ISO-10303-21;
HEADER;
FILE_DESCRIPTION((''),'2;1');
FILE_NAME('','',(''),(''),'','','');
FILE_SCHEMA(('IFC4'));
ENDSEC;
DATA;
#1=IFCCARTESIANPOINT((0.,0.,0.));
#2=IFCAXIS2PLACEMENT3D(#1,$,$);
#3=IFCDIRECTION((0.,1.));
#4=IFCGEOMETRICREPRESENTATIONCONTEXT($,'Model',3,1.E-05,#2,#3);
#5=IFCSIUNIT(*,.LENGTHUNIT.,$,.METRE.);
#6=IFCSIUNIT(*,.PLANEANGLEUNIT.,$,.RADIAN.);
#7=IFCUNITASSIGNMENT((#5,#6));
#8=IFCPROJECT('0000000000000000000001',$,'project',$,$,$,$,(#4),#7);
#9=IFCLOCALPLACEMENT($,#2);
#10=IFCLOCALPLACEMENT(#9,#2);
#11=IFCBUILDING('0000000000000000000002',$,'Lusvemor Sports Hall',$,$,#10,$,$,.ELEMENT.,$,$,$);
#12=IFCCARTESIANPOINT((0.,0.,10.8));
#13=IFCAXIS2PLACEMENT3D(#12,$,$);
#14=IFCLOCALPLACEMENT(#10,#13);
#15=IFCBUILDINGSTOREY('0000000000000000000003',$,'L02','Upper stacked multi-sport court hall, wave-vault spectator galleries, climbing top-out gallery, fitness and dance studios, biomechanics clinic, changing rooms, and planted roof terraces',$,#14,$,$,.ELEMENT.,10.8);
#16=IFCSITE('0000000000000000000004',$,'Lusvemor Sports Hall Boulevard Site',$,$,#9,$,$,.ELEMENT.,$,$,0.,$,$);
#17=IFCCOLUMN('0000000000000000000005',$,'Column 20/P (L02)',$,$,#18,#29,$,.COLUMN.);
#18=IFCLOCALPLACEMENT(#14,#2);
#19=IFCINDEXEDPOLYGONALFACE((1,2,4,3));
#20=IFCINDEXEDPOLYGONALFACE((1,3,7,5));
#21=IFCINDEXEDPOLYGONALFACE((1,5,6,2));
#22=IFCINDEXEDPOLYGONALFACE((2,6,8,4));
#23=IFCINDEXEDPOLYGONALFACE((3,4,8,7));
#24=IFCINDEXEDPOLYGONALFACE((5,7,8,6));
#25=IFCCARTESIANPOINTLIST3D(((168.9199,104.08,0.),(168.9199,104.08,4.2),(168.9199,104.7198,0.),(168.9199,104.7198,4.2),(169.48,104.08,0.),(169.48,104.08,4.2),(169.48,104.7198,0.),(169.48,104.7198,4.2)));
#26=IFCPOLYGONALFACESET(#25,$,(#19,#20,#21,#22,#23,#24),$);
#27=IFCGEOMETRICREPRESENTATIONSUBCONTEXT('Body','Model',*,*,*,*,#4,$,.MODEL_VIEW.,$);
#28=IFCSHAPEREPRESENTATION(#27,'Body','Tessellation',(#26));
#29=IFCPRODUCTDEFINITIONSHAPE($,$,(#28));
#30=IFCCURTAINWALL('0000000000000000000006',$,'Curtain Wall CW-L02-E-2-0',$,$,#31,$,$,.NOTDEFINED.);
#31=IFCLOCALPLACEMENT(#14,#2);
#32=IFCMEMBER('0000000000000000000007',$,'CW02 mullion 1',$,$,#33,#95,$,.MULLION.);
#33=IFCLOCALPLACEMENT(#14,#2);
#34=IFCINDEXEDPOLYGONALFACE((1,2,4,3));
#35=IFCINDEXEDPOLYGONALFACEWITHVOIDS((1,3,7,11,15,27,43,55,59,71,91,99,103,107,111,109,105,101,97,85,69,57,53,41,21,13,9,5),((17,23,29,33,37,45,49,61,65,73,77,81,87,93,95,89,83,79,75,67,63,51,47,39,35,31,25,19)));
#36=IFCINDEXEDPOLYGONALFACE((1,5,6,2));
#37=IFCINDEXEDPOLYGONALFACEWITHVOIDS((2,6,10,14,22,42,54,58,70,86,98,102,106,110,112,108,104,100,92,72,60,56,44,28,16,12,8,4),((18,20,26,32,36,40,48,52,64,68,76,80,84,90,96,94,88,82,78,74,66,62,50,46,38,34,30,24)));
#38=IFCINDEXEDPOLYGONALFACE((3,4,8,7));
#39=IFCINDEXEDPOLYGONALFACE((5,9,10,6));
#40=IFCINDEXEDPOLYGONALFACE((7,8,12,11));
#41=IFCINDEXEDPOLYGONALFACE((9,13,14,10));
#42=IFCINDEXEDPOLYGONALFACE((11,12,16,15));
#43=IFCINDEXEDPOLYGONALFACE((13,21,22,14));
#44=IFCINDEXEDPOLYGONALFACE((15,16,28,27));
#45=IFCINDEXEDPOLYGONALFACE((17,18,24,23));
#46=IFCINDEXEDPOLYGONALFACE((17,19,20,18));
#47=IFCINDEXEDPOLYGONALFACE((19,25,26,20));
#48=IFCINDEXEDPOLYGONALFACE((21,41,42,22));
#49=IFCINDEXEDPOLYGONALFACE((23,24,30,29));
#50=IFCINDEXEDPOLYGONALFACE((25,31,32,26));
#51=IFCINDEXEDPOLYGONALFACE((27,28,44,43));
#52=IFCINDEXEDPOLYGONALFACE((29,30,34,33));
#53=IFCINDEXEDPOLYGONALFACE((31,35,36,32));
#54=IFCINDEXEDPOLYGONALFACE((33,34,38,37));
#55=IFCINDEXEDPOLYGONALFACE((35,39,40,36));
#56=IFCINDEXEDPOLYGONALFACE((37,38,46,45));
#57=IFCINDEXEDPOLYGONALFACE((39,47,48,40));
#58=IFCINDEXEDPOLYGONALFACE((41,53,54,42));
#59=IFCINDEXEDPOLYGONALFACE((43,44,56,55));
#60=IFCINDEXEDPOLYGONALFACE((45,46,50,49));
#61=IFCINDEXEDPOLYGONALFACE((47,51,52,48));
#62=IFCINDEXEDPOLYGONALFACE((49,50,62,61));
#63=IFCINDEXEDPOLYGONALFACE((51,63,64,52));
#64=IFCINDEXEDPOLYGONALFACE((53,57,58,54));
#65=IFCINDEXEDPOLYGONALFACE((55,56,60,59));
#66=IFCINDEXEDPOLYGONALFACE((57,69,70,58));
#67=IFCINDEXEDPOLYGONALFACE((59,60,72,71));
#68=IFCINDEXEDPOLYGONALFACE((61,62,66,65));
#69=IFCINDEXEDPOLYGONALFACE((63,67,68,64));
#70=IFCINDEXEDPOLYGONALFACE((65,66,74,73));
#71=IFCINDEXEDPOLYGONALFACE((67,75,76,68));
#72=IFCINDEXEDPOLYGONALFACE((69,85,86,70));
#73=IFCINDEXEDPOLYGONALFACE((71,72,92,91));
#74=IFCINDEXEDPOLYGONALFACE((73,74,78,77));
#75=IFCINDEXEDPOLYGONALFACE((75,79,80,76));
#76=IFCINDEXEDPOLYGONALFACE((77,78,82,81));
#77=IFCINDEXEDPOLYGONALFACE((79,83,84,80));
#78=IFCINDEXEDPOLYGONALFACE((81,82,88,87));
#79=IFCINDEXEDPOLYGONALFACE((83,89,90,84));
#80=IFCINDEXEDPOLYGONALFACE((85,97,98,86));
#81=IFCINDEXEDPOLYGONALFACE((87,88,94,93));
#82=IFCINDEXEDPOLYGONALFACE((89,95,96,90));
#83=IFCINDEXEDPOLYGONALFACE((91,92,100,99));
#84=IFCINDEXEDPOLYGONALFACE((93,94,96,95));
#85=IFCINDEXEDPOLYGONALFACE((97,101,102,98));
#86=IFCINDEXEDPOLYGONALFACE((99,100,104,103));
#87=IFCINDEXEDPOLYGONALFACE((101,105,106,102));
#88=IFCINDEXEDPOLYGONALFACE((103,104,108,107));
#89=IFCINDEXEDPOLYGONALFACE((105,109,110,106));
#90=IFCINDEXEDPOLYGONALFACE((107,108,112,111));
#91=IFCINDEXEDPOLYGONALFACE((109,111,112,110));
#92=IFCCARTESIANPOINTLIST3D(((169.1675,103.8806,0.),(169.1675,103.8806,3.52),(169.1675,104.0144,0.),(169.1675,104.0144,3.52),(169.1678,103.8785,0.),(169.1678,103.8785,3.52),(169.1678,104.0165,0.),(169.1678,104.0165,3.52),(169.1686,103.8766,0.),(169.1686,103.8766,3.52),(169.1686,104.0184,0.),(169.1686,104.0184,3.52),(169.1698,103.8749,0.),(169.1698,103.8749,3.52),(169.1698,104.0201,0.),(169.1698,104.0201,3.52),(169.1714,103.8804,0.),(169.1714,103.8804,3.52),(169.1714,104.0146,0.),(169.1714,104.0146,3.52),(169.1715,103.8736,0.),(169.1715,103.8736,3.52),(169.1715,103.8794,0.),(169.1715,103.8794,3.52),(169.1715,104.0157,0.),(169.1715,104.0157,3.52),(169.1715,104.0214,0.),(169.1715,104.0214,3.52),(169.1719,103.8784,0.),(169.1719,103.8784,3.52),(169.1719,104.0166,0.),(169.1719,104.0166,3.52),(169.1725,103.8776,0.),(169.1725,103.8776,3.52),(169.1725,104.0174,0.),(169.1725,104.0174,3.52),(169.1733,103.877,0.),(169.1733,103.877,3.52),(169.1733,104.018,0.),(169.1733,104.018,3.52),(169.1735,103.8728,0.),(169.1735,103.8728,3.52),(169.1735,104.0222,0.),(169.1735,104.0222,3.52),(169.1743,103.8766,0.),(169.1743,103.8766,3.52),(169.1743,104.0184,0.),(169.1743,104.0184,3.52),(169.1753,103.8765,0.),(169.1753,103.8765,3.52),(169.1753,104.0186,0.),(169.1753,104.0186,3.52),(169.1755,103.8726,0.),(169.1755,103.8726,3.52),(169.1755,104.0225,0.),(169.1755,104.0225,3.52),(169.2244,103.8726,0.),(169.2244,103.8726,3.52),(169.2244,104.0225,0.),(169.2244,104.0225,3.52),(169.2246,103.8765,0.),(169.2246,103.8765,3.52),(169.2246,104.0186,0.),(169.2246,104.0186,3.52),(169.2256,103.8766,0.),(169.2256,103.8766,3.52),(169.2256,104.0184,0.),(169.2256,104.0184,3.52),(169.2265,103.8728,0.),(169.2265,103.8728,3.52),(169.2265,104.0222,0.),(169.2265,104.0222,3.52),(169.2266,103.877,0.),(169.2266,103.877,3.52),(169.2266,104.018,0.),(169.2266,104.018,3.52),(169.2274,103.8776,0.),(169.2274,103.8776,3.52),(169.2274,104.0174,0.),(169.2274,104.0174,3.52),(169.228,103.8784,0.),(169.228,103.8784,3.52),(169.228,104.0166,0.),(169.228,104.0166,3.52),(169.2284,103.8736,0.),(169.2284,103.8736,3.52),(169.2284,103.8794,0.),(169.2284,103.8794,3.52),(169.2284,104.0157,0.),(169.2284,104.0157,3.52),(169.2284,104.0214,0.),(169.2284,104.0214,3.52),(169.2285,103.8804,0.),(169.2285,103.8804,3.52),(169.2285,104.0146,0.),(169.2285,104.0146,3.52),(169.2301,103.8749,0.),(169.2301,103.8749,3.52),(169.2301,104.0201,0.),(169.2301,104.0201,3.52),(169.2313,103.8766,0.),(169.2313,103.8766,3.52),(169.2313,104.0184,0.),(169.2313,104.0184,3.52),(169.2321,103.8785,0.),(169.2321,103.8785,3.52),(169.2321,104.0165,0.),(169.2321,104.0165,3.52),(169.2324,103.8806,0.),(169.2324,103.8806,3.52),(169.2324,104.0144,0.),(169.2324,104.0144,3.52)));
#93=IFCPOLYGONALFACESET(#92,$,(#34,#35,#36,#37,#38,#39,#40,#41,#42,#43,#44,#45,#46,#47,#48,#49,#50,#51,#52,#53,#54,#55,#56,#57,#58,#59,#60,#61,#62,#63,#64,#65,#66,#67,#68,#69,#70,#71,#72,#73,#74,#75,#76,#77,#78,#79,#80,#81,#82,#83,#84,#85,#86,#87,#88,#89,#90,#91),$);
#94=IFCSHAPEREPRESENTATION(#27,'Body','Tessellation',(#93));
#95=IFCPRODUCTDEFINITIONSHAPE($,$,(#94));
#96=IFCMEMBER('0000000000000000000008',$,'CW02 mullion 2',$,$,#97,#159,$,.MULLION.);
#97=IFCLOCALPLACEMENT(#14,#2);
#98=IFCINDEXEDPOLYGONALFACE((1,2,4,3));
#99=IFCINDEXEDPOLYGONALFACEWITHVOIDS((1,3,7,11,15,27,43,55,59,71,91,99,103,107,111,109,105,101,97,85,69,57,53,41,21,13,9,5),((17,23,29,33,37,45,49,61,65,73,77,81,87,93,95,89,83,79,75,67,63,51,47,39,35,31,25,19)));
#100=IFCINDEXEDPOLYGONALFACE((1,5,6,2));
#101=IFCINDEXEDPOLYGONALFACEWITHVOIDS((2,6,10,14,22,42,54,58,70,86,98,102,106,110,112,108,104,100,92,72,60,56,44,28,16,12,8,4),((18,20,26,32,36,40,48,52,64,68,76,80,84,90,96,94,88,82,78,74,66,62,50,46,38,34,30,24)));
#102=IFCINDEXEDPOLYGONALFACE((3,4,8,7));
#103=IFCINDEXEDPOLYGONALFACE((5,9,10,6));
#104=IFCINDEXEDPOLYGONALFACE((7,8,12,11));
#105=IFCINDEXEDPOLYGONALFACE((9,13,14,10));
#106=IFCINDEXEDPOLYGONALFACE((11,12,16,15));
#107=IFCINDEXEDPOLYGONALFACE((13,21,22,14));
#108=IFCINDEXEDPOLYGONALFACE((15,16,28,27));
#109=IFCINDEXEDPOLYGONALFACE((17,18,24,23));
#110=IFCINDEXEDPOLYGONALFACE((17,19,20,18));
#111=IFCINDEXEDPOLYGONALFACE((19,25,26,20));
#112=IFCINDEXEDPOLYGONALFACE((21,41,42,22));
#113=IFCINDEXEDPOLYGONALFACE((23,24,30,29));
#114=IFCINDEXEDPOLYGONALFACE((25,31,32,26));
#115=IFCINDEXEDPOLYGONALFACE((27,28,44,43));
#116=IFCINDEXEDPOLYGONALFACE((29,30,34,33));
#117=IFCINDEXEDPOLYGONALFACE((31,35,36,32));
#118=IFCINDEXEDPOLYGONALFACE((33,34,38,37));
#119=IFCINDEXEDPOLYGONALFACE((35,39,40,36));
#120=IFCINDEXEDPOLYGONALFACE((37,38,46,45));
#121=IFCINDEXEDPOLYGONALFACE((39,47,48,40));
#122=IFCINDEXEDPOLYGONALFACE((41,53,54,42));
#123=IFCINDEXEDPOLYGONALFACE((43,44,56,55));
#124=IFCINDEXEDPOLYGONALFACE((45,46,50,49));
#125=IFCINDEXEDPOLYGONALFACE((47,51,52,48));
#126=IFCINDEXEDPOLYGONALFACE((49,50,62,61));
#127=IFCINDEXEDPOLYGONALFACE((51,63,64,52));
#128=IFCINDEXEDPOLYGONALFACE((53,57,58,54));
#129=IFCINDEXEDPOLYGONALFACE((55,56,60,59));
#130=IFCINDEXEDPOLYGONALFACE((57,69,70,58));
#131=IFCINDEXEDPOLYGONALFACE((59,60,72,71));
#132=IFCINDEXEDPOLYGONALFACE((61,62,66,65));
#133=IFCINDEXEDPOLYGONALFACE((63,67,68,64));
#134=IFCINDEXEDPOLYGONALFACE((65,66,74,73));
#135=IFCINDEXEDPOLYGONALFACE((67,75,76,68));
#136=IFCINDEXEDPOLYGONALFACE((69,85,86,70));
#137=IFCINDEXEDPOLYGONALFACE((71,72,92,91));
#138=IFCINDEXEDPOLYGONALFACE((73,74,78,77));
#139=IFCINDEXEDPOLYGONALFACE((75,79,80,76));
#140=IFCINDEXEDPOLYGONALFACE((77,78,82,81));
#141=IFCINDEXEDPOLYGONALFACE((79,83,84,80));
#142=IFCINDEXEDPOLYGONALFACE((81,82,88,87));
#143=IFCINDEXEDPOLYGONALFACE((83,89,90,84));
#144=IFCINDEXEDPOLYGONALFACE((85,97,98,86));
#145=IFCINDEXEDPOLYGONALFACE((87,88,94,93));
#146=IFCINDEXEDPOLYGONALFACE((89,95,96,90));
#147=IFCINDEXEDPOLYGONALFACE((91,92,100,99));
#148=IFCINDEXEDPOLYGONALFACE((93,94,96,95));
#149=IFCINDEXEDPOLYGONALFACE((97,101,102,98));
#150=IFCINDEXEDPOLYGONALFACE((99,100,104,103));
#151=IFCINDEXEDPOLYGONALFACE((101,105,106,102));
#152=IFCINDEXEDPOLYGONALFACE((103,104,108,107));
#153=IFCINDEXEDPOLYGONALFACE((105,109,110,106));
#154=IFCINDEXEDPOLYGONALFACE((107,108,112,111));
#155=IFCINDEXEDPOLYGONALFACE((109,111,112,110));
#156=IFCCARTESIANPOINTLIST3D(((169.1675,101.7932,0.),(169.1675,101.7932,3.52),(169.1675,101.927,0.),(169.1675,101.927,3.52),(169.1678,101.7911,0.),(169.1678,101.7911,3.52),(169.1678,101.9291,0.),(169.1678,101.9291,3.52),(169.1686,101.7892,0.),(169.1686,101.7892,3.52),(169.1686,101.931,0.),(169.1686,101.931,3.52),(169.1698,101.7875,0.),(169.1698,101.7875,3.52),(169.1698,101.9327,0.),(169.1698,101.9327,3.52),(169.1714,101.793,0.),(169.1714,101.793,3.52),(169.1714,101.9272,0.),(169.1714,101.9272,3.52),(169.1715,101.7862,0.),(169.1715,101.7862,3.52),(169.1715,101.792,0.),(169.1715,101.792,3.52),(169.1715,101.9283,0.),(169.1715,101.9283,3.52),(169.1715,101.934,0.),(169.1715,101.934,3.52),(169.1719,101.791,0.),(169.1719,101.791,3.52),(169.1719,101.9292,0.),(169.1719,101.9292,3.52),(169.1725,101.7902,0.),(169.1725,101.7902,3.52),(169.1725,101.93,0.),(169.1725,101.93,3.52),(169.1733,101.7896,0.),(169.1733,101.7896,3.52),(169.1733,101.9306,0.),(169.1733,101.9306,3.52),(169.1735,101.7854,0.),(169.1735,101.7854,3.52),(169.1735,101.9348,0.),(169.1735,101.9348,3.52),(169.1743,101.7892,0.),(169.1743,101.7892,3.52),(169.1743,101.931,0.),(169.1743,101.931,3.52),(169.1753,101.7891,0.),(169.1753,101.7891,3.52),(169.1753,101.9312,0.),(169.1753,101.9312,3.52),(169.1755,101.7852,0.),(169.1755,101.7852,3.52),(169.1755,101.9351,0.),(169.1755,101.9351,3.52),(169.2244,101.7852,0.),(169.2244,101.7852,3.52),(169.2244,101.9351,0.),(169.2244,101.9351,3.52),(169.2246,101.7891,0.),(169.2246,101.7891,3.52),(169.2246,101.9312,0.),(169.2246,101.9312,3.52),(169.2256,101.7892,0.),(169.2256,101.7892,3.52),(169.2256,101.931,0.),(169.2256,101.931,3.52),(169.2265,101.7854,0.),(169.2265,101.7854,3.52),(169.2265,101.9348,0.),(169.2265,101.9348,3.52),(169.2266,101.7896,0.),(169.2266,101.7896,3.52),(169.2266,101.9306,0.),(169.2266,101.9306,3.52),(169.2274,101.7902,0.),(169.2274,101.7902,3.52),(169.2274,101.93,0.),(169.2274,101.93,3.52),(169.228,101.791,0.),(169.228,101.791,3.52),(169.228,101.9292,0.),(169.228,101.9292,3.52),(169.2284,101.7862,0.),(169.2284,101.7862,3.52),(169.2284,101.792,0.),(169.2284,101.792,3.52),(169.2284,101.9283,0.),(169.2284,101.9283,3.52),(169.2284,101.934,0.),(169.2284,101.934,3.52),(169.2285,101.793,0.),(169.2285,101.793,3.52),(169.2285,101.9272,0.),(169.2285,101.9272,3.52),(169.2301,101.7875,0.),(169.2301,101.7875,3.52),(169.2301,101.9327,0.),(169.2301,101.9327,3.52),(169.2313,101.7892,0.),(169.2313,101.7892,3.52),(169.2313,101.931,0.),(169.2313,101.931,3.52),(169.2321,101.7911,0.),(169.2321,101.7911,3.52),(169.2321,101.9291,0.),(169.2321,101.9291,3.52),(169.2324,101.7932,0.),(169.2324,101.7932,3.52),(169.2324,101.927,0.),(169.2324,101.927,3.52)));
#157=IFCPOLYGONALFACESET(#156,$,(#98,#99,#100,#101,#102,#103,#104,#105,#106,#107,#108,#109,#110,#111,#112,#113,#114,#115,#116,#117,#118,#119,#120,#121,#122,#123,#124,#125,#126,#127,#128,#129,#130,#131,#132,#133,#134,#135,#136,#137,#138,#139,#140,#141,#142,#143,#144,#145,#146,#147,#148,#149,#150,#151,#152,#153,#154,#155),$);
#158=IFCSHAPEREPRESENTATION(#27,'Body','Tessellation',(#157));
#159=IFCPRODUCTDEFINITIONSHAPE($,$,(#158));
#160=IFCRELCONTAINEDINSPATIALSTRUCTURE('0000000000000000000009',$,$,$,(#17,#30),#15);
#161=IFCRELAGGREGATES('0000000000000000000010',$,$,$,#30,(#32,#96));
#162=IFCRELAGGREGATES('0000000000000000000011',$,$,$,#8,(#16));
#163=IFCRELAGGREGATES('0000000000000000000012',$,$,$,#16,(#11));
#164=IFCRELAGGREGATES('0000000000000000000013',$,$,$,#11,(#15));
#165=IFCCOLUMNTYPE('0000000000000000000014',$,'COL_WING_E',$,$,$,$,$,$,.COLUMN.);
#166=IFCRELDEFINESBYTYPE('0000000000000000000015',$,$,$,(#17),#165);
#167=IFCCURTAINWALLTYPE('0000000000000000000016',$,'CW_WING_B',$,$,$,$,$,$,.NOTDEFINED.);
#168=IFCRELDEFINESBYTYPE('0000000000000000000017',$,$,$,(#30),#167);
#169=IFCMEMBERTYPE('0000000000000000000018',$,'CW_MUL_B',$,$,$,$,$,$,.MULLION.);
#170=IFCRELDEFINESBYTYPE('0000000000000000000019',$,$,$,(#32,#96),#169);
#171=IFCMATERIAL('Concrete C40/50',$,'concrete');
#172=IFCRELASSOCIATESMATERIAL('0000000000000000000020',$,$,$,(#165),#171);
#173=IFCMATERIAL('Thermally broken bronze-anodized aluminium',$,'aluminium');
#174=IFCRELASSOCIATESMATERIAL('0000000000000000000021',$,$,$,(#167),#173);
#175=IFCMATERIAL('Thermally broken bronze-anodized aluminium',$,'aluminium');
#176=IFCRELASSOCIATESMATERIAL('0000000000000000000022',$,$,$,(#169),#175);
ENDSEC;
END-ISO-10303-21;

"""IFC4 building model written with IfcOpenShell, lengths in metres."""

from ifc_helpers import new_model, si_unit, direction, frame, origin, origin_2d, place, context, subcontext, project, spatial, rectangle, hollow_rectangle, extrude, material, material_profile, profile_set, type_object, element, aggregate, save


model = new_model("IFC4")

# Units and contexts
model_context = context("Model", 3, precision=1e-05, world=origin(), true_north=direction((0.0, 1.0)))
body_context = subcontext(model_context, "Body", "Model", "MODEL_VIEW")
ifc_project = project(units=[si_unit("LENGTHUNIT", "METRE"), si_unit("PLANEANGLEUNIT", "RADIAN")], contexts=[model_context])

# Site, building, storey
site_placement = place(None, origin())
site = spatial("IfcSite", under=ifc_project, at=site_placement, Name="Lusvemor Sports Hall Boulevard Site", CompositionType="ELEMENT", RefElevation=0.0)
building_placement = place(site_placement, origin())
building = spatial("IfcBuilding", under=site, at=building_placement, Name="Lusvemor Sports Hall", CompositionType="ELEMENT")
storey_placement = place(building_placement, frame((0.0, 0.0, 10.8)))
storey = spatial("IfcBuildingStorey", under=building, at=storey_placement, Name="L02", Description="Upper stacked multi-sport court hall, wave-vault spectator galleries, climbing top-out gallery, fitness and dance studios, biomechanics clinic, changing rooms, and planted roof terraces", CompositionType="ELEMENT", Elevation=10.8)

# Column
ifc_material_1 = material(Name="Concrete C40/50", Category="concrete")
ifc_material_profile_1 = material_profile(ifc_material_1, rectangle(XDim=0.5601, YDim=0.6399, at=origin_2d()), Name="RC560x640")
ifc_profile_set_1 = profile_set([ifc_material_profile_1], Name="Concrete C40/50")
column_type = type_object("IfcColumnType", Name="COL_WING_E", PredefinedType="COLUMN", material=ifc_profile_set_1)
column_placement = place(storey_placement, frame((169.2, 104.3999, 0.0), z_axis=(0.0, 0.0, 1.0), x_axis=(1.0, 0.0, 0.0)))
element("IfcColumn", 1, at=column_placement, inside=storey, type_object=column_type, Name="Column 20/P (L02)", PredefinedType="COLUMN", context=body_context, shape_type="SweptSolid", body=[
    extrude(rectangle(XDim=0.5601, YDim=0.6399, at=origin_2d()), origin(), (0.0, 0.0, 1.0), 4.2),
])

# Curtain wall, members
ifc_material_2 = material(Name="Thermally broken bronze-anodized aluminium", Category="aluminium")
curtain_wall_type = type_object("IfcCurtainWallType", Name="CW_WING_B", PredefinedType="NOTDEFINED", material=ifc_material_2)
curtain_wall_placement = place(storey_placement, origin())
curtain_wall = element("IfcCurtainWall", 2, at=curtain_wall_placement, inside=storey, type_object=curtain_wall_type, Name="Curtain Wall CW-L02-E-2-0", PredefinedType="NOTDEFINED")
ifc_material_3 = material(Name="Thermally broken bronze-anodized aluminium", Category="aluminium")
ifc_material_profile_2 = material_profile(ifc_material_3, hollow_rectangle(XDim=0.0649, YDim=0.1499, WallThickness=0.0039, InnerFilletRadius=0.0039, OuterFilletRadius=0.0081, at=origin_2d()), Name="CWMUL150x65x4")
ifc_profile_set_2 = profile_set([ifc_material_profile_2], Name="Thermally broken bronze-anodized aluminium")
member_type_1 = type_object("IfcMemberType", Name="CW_MUL_B", PredefinedType="MULLION", material=ifc_profile_set_2)
member_1_placement = place(storey_placement, frame((169.2, 103.9475, 0.0), z_axis=(0.0, 0.0, 1.0), x_axis=(1.0, 0.0, 0.0)))
member_1 = element("IfcMember", 3, at=member_1_placement, type_object=member_type_1, Name="CW02 mullion 1", PredefinedType="MULLION", context=body_context, shape_type="SweptSolid", body=[
    extrude(hollow_rectangle(XDim=0.0649, YDim=0.1499, WallThickness=0.0039, InnerFilletRadius=0.0039, OuterFilletRadius=0.0081, at=origin_2d()), origin(), (0.0, 0.0, 1.0), 3.52),
])
member_2_placement = place(storey_placement, frame((169.2, 101.8601, 0.0), z_axis=(0.0, 0.0, 1.0), x_axis=(1.0, 0.0, 0.0)))
member_2 = element("IfcMember", 4, at=member_2_placement, type_object=member_type_1, Name="CW02 mullion 2", PredefinedType="MULLION", context=body_context, shape_type="SweptSolid", body=[
    extrude(hollow_rectangle(XDim=0.0649, YDim=0.1499, WallThickness=0.0039, InnerFilletRadius=0.0039, OuterFilletRadius=0.0081, at=origin_2d()), origin(), (0.0, 0.0, 1.0), 3.52),
])
aggregate(curtain_wall, [member_1, member_2])

save(model, "model.ifc")
